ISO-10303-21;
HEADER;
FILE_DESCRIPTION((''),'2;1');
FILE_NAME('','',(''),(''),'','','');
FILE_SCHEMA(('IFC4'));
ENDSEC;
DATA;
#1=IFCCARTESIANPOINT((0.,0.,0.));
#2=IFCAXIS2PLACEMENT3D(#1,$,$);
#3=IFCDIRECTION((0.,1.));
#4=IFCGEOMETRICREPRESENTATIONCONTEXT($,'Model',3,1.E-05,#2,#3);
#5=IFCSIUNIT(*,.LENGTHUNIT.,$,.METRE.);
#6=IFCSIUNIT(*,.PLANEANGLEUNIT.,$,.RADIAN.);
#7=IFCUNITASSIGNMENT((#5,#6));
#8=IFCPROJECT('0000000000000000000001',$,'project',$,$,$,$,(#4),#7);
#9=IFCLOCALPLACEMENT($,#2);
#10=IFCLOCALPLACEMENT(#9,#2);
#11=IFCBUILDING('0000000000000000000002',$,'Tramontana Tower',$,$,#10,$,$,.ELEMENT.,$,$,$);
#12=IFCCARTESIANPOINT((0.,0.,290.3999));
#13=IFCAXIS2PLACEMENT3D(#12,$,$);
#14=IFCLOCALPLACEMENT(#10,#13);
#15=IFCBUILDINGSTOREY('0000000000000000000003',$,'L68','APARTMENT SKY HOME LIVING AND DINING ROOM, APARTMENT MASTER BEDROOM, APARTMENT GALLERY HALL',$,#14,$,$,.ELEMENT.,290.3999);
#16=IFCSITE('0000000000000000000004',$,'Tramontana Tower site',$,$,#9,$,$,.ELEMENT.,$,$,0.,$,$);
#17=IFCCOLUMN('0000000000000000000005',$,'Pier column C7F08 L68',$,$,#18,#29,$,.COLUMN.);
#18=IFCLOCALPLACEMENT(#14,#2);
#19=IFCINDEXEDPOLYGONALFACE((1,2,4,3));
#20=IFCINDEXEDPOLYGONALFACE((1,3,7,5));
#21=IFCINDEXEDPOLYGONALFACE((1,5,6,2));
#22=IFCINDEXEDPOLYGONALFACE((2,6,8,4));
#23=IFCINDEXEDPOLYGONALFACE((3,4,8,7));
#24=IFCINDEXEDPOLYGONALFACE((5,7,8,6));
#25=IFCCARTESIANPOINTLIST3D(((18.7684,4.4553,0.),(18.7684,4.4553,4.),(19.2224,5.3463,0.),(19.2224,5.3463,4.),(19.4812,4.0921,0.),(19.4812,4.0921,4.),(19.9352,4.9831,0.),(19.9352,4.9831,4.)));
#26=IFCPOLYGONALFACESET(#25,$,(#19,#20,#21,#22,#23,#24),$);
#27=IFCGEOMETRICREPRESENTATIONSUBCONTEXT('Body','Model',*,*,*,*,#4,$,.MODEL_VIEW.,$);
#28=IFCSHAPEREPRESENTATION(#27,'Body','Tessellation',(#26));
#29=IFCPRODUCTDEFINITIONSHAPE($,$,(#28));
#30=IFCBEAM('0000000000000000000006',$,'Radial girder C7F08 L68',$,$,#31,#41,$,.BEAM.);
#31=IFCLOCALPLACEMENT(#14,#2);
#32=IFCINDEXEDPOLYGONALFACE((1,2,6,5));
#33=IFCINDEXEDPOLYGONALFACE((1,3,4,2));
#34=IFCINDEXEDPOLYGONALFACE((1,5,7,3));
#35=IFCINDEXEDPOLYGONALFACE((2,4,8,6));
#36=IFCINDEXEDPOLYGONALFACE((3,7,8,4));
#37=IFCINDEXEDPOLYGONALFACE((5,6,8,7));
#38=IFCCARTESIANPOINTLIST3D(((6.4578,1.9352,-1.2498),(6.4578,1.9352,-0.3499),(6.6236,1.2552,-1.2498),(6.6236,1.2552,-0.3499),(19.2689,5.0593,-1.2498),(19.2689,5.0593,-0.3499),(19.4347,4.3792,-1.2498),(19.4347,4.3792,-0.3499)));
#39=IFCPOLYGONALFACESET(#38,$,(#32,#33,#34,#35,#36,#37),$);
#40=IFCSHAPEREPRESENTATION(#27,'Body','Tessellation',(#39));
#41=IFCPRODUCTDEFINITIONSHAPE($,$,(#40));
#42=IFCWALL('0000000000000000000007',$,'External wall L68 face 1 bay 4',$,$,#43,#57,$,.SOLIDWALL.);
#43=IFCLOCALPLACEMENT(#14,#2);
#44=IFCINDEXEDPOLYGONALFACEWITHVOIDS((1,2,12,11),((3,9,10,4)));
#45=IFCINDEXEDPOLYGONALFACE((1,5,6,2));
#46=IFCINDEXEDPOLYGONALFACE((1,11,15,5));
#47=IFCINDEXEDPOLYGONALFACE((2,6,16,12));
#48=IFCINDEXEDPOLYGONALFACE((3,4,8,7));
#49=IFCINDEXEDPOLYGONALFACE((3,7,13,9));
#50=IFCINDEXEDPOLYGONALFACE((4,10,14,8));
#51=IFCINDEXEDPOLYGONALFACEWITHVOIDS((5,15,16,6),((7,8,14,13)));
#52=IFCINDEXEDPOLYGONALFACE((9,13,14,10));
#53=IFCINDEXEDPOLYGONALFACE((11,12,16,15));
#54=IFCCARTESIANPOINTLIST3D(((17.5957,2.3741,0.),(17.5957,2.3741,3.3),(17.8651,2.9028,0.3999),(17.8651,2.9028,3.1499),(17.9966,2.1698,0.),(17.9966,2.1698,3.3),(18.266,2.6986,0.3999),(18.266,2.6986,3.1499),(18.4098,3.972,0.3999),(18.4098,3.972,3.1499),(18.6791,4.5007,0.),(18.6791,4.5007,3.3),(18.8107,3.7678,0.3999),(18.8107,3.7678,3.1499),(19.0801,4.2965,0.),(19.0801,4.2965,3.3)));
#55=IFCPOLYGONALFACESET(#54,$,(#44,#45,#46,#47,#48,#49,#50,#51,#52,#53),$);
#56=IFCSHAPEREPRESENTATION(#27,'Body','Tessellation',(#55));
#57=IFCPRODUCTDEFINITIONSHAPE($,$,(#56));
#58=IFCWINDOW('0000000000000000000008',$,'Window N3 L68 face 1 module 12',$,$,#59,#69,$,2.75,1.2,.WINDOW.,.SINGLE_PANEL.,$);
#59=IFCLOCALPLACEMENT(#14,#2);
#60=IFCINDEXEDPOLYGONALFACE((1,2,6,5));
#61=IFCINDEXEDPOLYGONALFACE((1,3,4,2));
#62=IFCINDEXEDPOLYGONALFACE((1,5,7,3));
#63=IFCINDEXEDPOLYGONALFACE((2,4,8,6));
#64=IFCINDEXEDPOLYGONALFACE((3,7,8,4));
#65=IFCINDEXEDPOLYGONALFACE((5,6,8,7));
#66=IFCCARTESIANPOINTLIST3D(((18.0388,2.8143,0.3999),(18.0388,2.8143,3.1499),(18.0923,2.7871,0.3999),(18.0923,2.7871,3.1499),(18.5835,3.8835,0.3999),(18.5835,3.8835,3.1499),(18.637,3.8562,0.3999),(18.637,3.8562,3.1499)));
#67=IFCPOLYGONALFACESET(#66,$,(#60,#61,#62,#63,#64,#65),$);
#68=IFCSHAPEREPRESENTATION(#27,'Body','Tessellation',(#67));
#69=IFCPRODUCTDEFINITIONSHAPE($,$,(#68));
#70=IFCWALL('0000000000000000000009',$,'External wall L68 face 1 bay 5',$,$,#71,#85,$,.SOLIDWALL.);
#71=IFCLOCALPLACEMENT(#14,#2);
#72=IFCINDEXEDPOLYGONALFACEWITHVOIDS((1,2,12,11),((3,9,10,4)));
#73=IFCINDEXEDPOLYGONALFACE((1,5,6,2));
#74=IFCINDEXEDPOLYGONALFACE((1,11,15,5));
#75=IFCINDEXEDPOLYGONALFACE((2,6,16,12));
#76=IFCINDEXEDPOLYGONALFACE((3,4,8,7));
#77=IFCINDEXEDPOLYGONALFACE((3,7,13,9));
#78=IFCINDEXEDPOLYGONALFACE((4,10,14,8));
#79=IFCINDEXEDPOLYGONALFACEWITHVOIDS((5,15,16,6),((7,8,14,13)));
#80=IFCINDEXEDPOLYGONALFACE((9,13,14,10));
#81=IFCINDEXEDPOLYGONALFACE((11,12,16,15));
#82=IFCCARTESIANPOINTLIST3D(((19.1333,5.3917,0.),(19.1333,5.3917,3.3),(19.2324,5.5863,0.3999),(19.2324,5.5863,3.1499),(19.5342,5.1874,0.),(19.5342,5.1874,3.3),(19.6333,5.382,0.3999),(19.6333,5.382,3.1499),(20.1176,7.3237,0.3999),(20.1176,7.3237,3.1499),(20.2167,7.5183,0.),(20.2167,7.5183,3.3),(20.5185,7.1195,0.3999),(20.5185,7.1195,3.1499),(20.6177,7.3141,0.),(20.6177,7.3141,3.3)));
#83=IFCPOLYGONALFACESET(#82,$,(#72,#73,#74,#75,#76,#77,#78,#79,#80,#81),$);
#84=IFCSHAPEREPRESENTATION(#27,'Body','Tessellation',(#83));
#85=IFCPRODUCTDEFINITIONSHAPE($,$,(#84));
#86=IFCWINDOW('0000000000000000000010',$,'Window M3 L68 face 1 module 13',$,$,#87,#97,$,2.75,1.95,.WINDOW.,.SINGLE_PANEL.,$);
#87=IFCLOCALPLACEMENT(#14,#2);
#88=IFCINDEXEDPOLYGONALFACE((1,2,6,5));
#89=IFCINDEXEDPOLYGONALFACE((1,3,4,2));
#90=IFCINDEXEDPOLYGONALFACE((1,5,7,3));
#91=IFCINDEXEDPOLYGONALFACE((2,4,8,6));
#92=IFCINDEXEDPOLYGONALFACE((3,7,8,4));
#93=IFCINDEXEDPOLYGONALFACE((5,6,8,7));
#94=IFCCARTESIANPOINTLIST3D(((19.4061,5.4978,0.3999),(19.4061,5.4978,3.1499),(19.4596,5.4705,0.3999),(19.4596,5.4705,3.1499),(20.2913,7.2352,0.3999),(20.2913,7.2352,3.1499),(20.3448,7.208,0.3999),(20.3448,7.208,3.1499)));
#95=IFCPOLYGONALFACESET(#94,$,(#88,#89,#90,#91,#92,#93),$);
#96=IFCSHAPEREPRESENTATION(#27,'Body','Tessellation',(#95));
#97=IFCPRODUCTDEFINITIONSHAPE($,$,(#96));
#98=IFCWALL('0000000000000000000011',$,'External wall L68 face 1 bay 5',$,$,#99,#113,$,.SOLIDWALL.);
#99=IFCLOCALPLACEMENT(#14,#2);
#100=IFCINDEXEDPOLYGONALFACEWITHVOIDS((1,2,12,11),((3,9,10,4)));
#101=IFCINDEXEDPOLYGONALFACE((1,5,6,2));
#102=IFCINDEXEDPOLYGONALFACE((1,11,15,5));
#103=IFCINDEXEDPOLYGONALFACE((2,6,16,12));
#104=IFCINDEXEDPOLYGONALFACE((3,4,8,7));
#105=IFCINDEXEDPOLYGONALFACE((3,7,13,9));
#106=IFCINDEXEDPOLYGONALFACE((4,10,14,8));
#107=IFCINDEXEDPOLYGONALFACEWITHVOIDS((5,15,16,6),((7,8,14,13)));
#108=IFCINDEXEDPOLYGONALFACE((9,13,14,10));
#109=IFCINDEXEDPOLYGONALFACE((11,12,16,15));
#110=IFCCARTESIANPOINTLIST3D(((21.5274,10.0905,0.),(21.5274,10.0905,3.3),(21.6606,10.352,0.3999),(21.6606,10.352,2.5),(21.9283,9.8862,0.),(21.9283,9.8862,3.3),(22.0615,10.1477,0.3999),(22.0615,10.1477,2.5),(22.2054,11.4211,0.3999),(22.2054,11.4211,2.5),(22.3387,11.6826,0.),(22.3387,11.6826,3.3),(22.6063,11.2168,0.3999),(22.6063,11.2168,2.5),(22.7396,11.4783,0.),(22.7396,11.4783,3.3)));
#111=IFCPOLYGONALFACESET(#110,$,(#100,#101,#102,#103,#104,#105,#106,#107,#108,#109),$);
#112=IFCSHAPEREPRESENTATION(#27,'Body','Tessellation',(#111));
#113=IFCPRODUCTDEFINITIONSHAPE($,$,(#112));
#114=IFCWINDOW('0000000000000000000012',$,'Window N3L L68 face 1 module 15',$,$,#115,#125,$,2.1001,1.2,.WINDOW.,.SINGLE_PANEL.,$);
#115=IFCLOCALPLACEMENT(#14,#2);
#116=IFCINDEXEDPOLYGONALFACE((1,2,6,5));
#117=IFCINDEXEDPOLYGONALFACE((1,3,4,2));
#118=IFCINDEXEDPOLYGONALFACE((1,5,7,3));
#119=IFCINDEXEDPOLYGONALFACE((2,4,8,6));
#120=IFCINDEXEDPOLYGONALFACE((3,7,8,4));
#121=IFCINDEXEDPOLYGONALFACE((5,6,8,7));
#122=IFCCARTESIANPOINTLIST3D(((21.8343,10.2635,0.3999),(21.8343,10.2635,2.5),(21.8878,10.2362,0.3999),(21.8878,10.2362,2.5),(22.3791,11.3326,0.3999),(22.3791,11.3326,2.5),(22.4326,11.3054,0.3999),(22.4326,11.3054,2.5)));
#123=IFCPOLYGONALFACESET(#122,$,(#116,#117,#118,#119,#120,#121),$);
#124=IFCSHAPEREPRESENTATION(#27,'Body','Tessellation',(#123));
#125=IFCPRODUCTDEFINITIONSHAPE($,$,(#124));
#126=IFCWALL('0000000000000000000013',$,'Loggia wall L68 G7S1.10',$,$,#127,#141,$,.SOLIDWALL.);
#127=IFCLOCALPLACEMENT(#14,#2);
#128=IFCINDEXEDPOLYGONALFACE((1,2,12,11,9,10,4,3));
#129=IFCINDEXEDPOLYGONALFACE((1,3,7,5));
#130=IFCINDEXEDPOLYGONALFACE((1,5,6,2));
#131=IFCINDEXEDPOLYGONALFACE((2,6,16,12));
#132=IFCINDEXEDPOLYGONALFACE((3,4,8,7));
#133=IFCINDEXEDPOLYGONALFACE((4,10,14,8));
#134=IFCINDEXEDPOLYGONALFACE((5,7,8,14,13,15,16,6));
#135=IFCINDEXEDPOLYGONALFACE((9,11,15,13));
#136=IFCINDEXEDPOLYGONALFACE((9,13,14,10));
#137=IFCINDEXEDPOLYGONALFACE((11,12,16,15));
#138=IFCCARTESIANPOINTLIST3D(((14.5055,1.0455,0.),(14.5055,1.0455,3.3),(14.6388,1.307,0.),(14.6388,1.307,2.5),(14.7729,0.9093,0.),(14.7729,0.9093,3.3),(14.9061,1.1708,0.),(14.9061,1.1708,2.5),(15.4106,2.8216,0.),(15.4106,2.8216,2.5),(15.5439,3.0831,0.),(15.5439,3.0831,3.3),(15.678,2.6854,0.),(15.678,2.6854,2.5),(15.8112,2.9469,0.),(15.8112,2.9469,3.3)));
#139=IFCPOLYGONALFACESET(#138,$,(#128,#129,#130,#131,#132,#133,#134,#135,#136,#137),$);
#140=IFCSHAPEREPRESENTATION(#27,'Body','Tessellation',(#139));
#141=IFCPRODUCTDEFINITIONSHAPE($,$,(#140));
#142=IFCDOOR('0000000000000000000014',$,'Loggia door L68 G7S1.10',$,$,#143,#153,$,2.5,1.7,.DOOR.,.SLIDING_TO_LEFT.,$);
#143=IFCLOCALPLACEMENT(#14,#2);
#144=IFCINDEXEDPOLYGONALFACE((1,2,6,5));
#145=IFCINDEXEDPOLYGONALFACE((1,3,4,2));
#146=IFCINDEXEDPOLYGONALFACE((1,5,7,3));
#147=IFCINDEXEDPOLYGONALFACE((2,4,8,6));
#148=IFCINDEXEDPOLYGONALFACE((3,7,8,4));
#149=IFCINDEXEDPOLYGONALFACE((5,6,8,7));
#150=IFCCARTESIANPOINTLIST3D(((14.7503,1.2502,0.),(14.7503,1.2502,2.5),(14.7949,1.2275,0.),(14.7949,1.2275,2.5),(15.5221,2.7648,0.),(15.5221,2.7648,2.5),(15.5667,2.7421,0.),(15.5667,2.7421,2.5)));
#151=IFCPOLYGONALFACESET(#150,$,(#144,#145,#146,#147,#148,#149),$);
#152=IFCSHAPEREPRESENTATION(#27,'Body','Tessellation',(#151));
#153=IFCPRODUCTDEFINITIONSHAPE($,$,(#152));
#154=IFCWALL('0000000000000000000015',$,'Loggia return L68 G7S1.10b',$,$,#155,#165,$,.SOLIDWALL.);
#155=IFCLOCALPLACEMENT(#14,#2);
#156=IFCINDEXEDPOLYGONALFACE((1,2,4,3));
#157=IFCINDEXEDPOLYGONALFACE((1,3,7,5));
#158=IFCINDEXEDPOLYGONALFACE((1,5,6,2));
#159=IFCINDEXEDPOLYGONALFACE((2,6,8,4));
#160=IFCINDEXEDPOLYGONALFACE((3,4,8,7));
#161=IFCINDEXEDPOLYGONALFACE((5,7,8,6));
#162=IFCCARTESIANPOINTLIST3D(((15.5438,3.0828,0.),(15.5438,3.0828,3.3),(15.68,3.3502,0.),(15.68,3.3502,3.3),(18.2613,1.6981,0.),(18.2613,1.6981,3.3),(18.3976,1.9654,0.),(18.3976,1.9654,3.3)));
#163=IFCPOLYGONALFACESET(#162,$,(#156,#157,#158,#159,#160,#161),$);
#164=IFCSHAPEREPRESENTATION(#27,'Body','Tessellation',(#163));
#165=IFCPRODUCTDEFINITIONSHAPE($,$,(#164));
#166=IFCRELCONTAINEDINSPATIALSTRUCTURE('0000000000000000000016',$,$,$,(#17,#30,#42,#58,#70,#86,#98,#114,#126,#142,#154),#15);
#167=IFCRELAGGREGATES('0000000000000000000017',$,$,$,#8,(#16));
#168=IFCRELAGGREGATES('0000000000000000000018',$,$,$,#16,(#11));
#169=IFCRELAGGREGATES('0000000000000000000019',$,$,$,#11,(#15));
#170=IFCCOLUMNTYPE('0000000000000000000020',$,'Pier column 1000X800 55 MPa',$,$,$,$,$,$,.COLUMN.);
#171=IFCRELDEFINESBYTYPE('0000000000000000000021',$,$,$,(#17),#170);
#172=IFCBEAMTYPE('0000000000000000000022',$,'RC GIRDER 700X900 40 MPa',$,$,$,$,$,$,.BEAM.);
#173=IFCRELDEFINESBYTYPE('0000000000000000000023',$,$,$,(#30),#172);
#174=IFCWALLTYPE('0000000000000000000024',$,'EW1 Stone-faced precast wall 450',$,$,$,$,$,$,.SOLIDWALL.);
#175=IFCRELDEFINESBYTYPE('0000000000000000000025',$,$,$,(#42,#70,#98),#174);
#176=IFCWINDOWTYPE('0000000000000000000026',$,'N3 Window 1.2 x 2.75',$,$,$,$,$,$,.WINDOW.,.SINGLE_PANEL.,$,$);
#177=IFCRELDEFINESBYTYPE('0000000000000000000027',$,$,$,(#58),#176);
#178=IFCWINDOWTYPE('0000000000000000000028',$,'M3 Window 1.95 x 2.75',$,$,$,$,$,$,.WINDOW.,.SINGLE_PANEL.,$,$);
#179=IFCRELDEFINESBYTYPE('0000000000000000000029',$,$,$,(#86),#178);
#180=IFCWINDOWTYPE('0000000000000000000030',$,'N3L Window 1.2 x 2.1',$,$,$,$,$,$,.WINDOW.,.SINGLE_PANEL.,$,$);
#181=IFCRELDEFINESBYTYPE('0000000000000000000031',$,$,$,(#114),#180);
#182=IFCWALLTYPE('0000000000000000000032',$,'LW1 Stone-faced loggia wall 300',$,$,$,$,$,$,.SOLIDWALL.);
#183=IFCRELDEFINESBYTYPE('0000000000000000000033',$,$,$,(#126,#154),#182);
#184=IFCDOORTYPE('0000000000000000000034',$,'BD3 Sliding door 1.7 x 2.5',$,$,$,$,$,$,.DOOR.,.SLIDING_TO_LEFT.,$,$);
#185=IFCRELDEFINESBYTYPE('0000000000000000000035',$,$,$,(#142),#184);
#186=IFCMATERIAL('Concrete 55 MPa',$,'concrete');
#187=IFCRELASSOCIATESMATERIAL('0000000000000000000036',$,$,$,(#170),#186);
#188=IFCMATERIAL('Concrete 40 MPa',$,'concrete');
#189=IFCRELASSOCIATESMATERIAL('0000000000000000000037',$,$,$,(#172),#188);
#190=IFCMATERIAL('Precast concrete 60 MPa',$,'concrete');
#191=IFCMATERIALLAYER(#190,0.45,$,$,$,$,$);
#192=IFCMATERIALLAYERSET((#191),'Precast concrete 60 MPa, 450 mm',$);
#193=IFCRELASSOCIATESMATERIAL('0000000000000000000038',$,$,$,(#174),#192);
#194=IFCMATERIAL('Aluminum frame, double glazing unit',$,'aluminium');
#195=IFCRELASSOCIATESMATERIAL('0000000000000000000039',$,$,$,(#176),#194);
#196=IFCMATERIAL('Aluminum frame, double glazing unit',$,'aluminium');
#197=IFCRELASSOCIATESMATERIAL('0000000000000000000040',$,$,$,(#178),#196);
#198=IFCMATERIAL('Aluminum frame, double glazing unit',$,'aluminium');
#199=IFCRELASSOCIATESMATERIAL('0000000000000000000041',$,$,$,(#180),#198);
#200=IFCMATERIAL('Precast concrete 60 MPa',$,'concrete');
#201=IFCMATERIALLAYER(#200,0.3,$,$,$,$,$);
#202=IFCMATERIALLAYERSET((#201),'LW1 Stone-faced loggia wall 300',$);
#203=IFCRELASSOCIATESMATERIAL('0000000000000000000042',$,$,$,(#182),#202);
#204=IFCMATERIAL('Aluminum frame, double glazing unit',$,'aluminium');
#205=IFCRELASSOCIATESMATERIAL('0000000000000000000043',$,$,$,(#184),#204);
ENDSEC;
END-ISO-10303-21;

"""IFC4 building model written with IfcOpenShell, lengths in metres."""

from ifc_helpers import new_model, si_unit, direction, frame, frame_2d, origin, origin_2d, place, context, subcontext, project, spatial, rectangle, extrude, material, layer, layer_set, material_profile, profile_set, type_object, element, fill, save


model = new_model("IFC4")

# Units and contexts
model_context = context("Model", 3, precision=1e-05, world=origin(), true_north=direction((0.0, 1.0)))
body_context = subcontext(model_context, "Body", "Model", "MODEL_VIEW")
ifc_project = project(units=[si_unit("LENGTHUNIT", "METRE"), si_unit("PLANEANGLEUNIT", "RADIAN")], contexts=[model_context])

# Site, building, storey
site_placement = place(None, origin())
site = spatial("IfcSite", under=ifc_project, at=site_placement, Name="Tramontana Tower site", CompositionType="ELEMENT", RefElevation=0.0)
building_placement = place(site_placement, origin())
building = spatial("IfcBuilding", under=site, at=building_placement, Name="Tramontana Tower", CompositionType="ELEMENT")
storey_placement = place(building_placement, frame((0.0, 0.0, 290.3999)))
storey = spatial("IfcBuildingStorey", under=building, at=storey_placement, Name="L68", Description="APARTMENT SKY HOME LIVING AND DINING ROOM, APARTMENT MASTER BEDROOM, APARTMENT GALLERY HALL", CompositionType="ELEMENT", Elevation=290.3999)

# Column
ifc_material_1 = material(Name="Concrete 55 MPa", Category="concrete")
ifc_material_profile_1 = material_profile(ifc_material_1, rectangle(XDim=1.0, YDim=0.8, at=origin_2d()), Name="Pier column 1000X800 55 MPa")
ifc_profile_set_1 = profile_set([ifc_material_profile_1], Name="Concrete 55 MPa")
column_type = type_object("IfcColumnType", Name="Pier column 1000X800 55 MPa", PredefinedType="COLUMN", material=ifc_profile_set_1)
column_placement = place(storey_placement, frame((19.3518, 4.7192, 0.0), z_axis=(0.0, 0.0, 1.0), x_axis=(0.45399, 0.891007, 0.0)))
element("IfcColumn", 1, at=column_placement, inside=storey, type_object=column_type, Name="Pier column C7F08 L68", PredefinedType="COLUMN", context=body_context, shape_type="SweptSolid", body=[
    extrude(rectangle(XDim=1.0, YDim=0.8, at=origin_2d()), origin(), (0.0, 0.0, 1.0), 4.0),
])

# Beam
ifc_material_2 = material(Name="Concrete 40 MPa", Category="concrete")
ifc_material_profile_2 = material_profile(ifc_material_2, rectangle(XDim=0.7, YDim=0.8999, at=origin_2d()), Name="RC GIRDER 700X900 40 MPa")
ifc_profile_set_2 = profile_set([ifc_material_profile_2], Name="Concrete 40 MPa")
beam_type = type_object("IfcBeamType", Name="RC GIRDER 700X900 40 MPa", PredefinedType="BEAM", material=ifc_profile_set_2)
beam_placement = place(storey_placement, frame((19.3518, 4.7192, -0.7998), z_axis=(-0.971531, -0.236912, 0.0), x_axis=(0.236912, -0.971531, 0.0)))
element("IfcBeam", 2, at=beam_placement, inside=storey, type_object=beam_type, Name="Radial girder C7F08 L68", PredefinedType="BEAM", context=body_context, shape_type="SweptSolid", body=[
    extrude(rectangle(XDim=0.7, YDim=0.8999, at=origin_2d()), origin(), (0.0, 0.0, 1.0), 13.1865),
])

# Walls, openings, windows
ifc_material_3 = material(Name="Precast concrete 60 MPa", Category="concrete")
ifc_layer_1 = layer(ifc_material_3, 0.45)
ifc_layer_set_1 = layer_set([ifc_layer_1], Name="Precast concrete 60 MPa, 450 mm")
wall_type_1 = type_object("IfcWallType", Name="EW1 Stone-faced precast wall 450", PredefinedType="SOLIDWALL", material=ifc_layer_set_1)
wall_1_placement = place(storey_placement, frame((17.7961, 2.272, 0.0), z_axis=(0.0, 0.0, 1.0), x_axis=(0.453952, 0.891026, 0.0)))
wall_1 = element("IfcWall", 3, at=wall_1_placement, inside=storey, type_object=wall_type_1, Name="External wall L68 face 1 bay 4", PredefinedType="SOLIDWALL", context=body_context, shape_type="SweptSolid", body=[
    extrude(rectangle(XDim=2.3867, YDim=0.45, at=frame_2d((1.1934, 0.0))), origin(), (0.0, 0.0, 1.0), 3.3),
])
opening_1_placement = place(wall_1_placement, frame((0.5933, 0.0, 0.3999)))
opening_1 = element("IfcOpeningElement", 4, at=opening_1_placement, cuts=wall_1, PredefinedType="OPENING", context=body_context, shape_type="SweptSolid", body=[
    extrude(rectangle(XDim=1.2, YDim=2.75, at=frame_2d((0.6001, 1.375))), frame((0.0, 0.2349, 0.0), z_axis=(0.0, -1.0, 0.0), x_axis=(1.0, 0.0, 0.0)), (0.0, 0.0, 1.0), 0.47),
])
ifc_material_4 = material(Name="Aluminum frame, double glazing unit", Category="aluminium")
window_type_1 = type_object("IfcWindowType", Name="N3 Window 1.2 x 2.75", PartitioningType="SINGLE_PANEL", PredefinedType="WINDOW", material=ifc_material_4)
window_1_placement = place(opening_1_placement, origin())
window_1 = element("IfcWindow", 5, at=window_1_placement, inside=storey, type_object=window_type_1, Name="Window N3 L68 face 1 module 12", OverallHeight=2.75, OverallWidth=1.2, PartitioningType="SINGLE_PANEL", PredefinedType="WINDOW", context=body_context, shape_type="SweptSolid", body=[
    extrude(rectangle(XDim=1.2, YDim=2.75, at=frame_2d((0.6001, 1.375))), frame((0.0, 0.03, 0.0), z_axis=(0.0, -1.0, 0.0), x_axis=(1.0, 0.0, 0.0)), (0.0, 0.0, 1.0), 0.0601),
])
fill(opening_1, window_1)
wall_2_placement = place(storey_placement, frame((19.3337, 5.2896, 0.0), z_axis=(0.0, 0.0, 1.0), x_axis=(0.453952, 0.891026, 0.0)))
wall_2 = element("IfcWall", 6, at=wall_2_placement, inside=storey, type_object=wall_type_1, Name="External wall L68 face 1 bay 5", PredefinedType="SOLIDWALL", context=body_context, shape_type="SweptSolid", body=[
    extrude(rectangle(XDim=2.3867, YDim=0.45, at=frame_2d((1.1934, 0.0))), origin(), (0.0, 0.0, 1.0), 3.3),
])
opening_2_placement = place(wall_2_placement, frame((0.2183, 0.0, 0.3999)))
opening_2 = element("IfcOpeningElement", 7, at=opening_2_placement, cuts=wall_2, PredefinedType="OPENING", context=body_context, shape_type="SweptSolid", body=[
    extrude(rectangle(XDim=1.95, YDim=2.75, at=frame_2d((0.9751, 1.375))), frame((0.0, 0.2349, 0.0), z_axis=(0.0, -1.0, 0.0), x_axis=(1.0, 0.0, 0.0)), (0.0, 0.0, 1.0), 0.47),
])
ifc_material_5 = material(Name="Aluminum frame, double glazing unit", Category="aluminium")
window_type_2 = type_object("IfcWindowType", Name="M3 Window 1.95 x 2.75", PartitioningType="SINGLE_PANEL", PredefinedType="WINDOW", material=ifc_material_5)
window_2_placement = place(opening_2_placement, origin())
window_2 = element("IfcWindow", 8, at=window_2_placement, inside=storey, type_object=window_type_2, Name="Window M3 L68 face 1 module 13", OverallHeight=2.75, OverallWidth=1.95, PartitioningType="SINGLE_PANEL", PredefinedType="WINDOW", context=body_context, shape_type="SweptSolid", body=[
    extrude(rectangle(XDim=1.95, YDim=2.75, at=frame_2d((0.9751, 1.375))), frame((0.0, 0.03, 0.0), z_axis=(0.0, -1.0, 0.0), x_axis=(1.0, 0.0, 0.0)), (0.0, 0.0, 1.0), 0.0601),
])
fill(opening_2, window_2)
wall_3_placement = place(storey_placement, frame((21.7278, 9.9883, 0.0), z_axis=(0.0, 0.0, 1.0), x_axis=(0.454032, 0.890985, 0.0)))
wall_3 = element("IfcWall", 9, at=wall_3_placement, inside=storey, type_object=wall_type_1, Name="External wall L68 face 1 bay 5", PredefinedType="SOLIDWALL", context=body_context, shape_type="SweptSolid", body=[
    extrude(rectangle(XDim=1.7869, YDim=0.45, at=frame_2d((0.8936, 0.0))), origin(), (0.0, 0.0, 1.0), 3.3),
])
opening_3_placement = place(wall_3_placement, frame((0.2935, 0.0, 0.3999)))
opening_3 = element("IfcOpeningElement", 10, at=opening_3_placement, cuts=wall_3, PredefinedType="OPENING", context=body_context, shape_type="SweptSolid", body=[
    extrude(rectangle(XDim=1.2, YDim=2.1001, at=frame_2d((0.6001, 1.05))), frame((0.0, 0.2349, 0.0), z_axis=(0.0, -1.0, 0.0), x_axis=(1.0, 0.0, 0.0)), (0.0, 0.0, 1.0), 0.47),
])
ifc_material_6 = material(Name="Aluminum frame, double glazing unit", Category="aluminium")
window_type_3 = type_object("IfcWindowType", Name="N3L Window 1.2 x 2.1", PartitioningType="SINGLE_PANEL", PredefinedType="WINDOW", material=ifc_material_6)
window_3_placement = place(opening_3_placement, origin())
window_3 = element("IfcWindow", 11, at=window_3_placement, inside=storey, type_object=window_type_3, Name="Window N3L L68 face 1 module 15", OverallHeight=2.1001, OverallWidth=1.2, PartitioningType="SINGLE_PANEL", PredefinedType="WINDOW", context=body_context, shape_type="SweptSolid", body=[
    extrude(rectangle(XDim=1.2, YDim=2.1001, at=frame_2d((0.6001, 1.05))), frame((0.0, 0.03, 0.0), z_axis=(0.0, -1.0, 0.0), x_axis=(1.0, 0.0, 0.0)), (0.0, 0.0, 1.0), 0.0601),
])
fill(opening_3, window_3)

# Wall, opening, door
ifc_material_7 = material(Name="Precast concrete 60 MPa", Category="concrete")
ifc_layer_2 = layer(ifc_material_7, 0.3)
ifc_layer_set_2 = layer_set([ifc_layer_2], Name="LW1 Stone-faced loggia wall 300")
wall_type_2 = type_object("IfcWallType", Name="LW1 Stone-faced loggia wall 300", PredefinedType="SOLIDWALL", material=ifc_layer_set_2)
wall_4_placement = place(storey_placement, frame((14.6392, 0.9773, 0.0), z_axis=(0.0, 0.0, 1.0), x_axis=(0.454033, 0.890985, 0.0)))
wall_4 = element("IfcWall", 12, at=wall_4_placement, inside=storey, type_object=wall_type_2, Name="Loggia wall L68 G7S1.10", PredefinedType="SOLIDWALL", context=body_context, shape_type="SweptSolid", body=[
    extrude(rectangle(XDim=2.2869, YDim=0.3, at=frame_2d((1.1436, 0.0))), origin(), (0.0, 0.0, 1.0), 3.3),
])
opening_4_placement = place(wall_4_placement, frame((0.2935, 0.0, 0.0)))
opening_4 = element("IfcOpeningElement", 13, at=opening_4_placement, cuts=wall_4, PredefinedType="OPENING", context=body_context, shape_type="SweptSolid", body=[
    extrude(rectangle(XDim=1.7, YDim=2.5, at=frame_2d((0.8501, 1.25))), frame((0.0, 0.1599, 0.0), z_axis=(0.0, -1.0, 0.0), x_axis=(1.0, 0.0, 0.0)), (0.0, 0.0, 1.0), 0.3201),
])
ifc_material_8 = material(Name="Aluminum frame, double glazing unit", Category="aluminium")
door_type_1 = type_object("IfcDoorType", Name="BD3 Sliding door 1.7 x 2.5", OperationType="SLIDING_TO_LEFT", PredefinedType="DOOR", material=ifc_material_8)
door_1_placement = place(opening_4_placement, origin())
door_1 = element("IfcDoor", 14, at=door_1_placement, inside=storey, type_object=door_type_1, Name="Loggia door L68 G7S1.10", OperationType="SLIDING_TO_LEFT", OverallHeight=2.5, OverallWidth=1.7, PredefinedType="DOOR", context=body_context, shape_type="SweptSolid", body=[
    extrude(rectangle(XDim=1.7, YDim=2.5, at=frame_2d((0.8501, 1.25))), frame((0.0, 0.0249, 0.0), z_axis=(0.0, -1.0, 0.0), x_axis=(1.0, 0.0, 0.0)), (0.0, 0.0, 1.0), 0.05),
])
fill(opening_4, door_1)

# Wall
wall_5_placement = place(storey_placement, frame((18.3293, 1.8318, 0.0), z_axis=(0.0, 0.0, 1.0), x_axis=(-0.890991, 0.454021, 0.0)))
element("IfcWall", 15, at=wall_5_placement, inside=storey, type_object=wall_type_2, Name="Loggia return L68 G7S1.10b", PredefinedType="SOLIDWALL", context=body_context, shape_type="SweptSolid", body=[
    extrude(rectangle(XDim=3.05, YDim=0.3, at=frame_2d((1.5249, 0.0))), origin(), (0.0, 0.0, 1.0), 3.3),
])

save(model, "model.ifc")
